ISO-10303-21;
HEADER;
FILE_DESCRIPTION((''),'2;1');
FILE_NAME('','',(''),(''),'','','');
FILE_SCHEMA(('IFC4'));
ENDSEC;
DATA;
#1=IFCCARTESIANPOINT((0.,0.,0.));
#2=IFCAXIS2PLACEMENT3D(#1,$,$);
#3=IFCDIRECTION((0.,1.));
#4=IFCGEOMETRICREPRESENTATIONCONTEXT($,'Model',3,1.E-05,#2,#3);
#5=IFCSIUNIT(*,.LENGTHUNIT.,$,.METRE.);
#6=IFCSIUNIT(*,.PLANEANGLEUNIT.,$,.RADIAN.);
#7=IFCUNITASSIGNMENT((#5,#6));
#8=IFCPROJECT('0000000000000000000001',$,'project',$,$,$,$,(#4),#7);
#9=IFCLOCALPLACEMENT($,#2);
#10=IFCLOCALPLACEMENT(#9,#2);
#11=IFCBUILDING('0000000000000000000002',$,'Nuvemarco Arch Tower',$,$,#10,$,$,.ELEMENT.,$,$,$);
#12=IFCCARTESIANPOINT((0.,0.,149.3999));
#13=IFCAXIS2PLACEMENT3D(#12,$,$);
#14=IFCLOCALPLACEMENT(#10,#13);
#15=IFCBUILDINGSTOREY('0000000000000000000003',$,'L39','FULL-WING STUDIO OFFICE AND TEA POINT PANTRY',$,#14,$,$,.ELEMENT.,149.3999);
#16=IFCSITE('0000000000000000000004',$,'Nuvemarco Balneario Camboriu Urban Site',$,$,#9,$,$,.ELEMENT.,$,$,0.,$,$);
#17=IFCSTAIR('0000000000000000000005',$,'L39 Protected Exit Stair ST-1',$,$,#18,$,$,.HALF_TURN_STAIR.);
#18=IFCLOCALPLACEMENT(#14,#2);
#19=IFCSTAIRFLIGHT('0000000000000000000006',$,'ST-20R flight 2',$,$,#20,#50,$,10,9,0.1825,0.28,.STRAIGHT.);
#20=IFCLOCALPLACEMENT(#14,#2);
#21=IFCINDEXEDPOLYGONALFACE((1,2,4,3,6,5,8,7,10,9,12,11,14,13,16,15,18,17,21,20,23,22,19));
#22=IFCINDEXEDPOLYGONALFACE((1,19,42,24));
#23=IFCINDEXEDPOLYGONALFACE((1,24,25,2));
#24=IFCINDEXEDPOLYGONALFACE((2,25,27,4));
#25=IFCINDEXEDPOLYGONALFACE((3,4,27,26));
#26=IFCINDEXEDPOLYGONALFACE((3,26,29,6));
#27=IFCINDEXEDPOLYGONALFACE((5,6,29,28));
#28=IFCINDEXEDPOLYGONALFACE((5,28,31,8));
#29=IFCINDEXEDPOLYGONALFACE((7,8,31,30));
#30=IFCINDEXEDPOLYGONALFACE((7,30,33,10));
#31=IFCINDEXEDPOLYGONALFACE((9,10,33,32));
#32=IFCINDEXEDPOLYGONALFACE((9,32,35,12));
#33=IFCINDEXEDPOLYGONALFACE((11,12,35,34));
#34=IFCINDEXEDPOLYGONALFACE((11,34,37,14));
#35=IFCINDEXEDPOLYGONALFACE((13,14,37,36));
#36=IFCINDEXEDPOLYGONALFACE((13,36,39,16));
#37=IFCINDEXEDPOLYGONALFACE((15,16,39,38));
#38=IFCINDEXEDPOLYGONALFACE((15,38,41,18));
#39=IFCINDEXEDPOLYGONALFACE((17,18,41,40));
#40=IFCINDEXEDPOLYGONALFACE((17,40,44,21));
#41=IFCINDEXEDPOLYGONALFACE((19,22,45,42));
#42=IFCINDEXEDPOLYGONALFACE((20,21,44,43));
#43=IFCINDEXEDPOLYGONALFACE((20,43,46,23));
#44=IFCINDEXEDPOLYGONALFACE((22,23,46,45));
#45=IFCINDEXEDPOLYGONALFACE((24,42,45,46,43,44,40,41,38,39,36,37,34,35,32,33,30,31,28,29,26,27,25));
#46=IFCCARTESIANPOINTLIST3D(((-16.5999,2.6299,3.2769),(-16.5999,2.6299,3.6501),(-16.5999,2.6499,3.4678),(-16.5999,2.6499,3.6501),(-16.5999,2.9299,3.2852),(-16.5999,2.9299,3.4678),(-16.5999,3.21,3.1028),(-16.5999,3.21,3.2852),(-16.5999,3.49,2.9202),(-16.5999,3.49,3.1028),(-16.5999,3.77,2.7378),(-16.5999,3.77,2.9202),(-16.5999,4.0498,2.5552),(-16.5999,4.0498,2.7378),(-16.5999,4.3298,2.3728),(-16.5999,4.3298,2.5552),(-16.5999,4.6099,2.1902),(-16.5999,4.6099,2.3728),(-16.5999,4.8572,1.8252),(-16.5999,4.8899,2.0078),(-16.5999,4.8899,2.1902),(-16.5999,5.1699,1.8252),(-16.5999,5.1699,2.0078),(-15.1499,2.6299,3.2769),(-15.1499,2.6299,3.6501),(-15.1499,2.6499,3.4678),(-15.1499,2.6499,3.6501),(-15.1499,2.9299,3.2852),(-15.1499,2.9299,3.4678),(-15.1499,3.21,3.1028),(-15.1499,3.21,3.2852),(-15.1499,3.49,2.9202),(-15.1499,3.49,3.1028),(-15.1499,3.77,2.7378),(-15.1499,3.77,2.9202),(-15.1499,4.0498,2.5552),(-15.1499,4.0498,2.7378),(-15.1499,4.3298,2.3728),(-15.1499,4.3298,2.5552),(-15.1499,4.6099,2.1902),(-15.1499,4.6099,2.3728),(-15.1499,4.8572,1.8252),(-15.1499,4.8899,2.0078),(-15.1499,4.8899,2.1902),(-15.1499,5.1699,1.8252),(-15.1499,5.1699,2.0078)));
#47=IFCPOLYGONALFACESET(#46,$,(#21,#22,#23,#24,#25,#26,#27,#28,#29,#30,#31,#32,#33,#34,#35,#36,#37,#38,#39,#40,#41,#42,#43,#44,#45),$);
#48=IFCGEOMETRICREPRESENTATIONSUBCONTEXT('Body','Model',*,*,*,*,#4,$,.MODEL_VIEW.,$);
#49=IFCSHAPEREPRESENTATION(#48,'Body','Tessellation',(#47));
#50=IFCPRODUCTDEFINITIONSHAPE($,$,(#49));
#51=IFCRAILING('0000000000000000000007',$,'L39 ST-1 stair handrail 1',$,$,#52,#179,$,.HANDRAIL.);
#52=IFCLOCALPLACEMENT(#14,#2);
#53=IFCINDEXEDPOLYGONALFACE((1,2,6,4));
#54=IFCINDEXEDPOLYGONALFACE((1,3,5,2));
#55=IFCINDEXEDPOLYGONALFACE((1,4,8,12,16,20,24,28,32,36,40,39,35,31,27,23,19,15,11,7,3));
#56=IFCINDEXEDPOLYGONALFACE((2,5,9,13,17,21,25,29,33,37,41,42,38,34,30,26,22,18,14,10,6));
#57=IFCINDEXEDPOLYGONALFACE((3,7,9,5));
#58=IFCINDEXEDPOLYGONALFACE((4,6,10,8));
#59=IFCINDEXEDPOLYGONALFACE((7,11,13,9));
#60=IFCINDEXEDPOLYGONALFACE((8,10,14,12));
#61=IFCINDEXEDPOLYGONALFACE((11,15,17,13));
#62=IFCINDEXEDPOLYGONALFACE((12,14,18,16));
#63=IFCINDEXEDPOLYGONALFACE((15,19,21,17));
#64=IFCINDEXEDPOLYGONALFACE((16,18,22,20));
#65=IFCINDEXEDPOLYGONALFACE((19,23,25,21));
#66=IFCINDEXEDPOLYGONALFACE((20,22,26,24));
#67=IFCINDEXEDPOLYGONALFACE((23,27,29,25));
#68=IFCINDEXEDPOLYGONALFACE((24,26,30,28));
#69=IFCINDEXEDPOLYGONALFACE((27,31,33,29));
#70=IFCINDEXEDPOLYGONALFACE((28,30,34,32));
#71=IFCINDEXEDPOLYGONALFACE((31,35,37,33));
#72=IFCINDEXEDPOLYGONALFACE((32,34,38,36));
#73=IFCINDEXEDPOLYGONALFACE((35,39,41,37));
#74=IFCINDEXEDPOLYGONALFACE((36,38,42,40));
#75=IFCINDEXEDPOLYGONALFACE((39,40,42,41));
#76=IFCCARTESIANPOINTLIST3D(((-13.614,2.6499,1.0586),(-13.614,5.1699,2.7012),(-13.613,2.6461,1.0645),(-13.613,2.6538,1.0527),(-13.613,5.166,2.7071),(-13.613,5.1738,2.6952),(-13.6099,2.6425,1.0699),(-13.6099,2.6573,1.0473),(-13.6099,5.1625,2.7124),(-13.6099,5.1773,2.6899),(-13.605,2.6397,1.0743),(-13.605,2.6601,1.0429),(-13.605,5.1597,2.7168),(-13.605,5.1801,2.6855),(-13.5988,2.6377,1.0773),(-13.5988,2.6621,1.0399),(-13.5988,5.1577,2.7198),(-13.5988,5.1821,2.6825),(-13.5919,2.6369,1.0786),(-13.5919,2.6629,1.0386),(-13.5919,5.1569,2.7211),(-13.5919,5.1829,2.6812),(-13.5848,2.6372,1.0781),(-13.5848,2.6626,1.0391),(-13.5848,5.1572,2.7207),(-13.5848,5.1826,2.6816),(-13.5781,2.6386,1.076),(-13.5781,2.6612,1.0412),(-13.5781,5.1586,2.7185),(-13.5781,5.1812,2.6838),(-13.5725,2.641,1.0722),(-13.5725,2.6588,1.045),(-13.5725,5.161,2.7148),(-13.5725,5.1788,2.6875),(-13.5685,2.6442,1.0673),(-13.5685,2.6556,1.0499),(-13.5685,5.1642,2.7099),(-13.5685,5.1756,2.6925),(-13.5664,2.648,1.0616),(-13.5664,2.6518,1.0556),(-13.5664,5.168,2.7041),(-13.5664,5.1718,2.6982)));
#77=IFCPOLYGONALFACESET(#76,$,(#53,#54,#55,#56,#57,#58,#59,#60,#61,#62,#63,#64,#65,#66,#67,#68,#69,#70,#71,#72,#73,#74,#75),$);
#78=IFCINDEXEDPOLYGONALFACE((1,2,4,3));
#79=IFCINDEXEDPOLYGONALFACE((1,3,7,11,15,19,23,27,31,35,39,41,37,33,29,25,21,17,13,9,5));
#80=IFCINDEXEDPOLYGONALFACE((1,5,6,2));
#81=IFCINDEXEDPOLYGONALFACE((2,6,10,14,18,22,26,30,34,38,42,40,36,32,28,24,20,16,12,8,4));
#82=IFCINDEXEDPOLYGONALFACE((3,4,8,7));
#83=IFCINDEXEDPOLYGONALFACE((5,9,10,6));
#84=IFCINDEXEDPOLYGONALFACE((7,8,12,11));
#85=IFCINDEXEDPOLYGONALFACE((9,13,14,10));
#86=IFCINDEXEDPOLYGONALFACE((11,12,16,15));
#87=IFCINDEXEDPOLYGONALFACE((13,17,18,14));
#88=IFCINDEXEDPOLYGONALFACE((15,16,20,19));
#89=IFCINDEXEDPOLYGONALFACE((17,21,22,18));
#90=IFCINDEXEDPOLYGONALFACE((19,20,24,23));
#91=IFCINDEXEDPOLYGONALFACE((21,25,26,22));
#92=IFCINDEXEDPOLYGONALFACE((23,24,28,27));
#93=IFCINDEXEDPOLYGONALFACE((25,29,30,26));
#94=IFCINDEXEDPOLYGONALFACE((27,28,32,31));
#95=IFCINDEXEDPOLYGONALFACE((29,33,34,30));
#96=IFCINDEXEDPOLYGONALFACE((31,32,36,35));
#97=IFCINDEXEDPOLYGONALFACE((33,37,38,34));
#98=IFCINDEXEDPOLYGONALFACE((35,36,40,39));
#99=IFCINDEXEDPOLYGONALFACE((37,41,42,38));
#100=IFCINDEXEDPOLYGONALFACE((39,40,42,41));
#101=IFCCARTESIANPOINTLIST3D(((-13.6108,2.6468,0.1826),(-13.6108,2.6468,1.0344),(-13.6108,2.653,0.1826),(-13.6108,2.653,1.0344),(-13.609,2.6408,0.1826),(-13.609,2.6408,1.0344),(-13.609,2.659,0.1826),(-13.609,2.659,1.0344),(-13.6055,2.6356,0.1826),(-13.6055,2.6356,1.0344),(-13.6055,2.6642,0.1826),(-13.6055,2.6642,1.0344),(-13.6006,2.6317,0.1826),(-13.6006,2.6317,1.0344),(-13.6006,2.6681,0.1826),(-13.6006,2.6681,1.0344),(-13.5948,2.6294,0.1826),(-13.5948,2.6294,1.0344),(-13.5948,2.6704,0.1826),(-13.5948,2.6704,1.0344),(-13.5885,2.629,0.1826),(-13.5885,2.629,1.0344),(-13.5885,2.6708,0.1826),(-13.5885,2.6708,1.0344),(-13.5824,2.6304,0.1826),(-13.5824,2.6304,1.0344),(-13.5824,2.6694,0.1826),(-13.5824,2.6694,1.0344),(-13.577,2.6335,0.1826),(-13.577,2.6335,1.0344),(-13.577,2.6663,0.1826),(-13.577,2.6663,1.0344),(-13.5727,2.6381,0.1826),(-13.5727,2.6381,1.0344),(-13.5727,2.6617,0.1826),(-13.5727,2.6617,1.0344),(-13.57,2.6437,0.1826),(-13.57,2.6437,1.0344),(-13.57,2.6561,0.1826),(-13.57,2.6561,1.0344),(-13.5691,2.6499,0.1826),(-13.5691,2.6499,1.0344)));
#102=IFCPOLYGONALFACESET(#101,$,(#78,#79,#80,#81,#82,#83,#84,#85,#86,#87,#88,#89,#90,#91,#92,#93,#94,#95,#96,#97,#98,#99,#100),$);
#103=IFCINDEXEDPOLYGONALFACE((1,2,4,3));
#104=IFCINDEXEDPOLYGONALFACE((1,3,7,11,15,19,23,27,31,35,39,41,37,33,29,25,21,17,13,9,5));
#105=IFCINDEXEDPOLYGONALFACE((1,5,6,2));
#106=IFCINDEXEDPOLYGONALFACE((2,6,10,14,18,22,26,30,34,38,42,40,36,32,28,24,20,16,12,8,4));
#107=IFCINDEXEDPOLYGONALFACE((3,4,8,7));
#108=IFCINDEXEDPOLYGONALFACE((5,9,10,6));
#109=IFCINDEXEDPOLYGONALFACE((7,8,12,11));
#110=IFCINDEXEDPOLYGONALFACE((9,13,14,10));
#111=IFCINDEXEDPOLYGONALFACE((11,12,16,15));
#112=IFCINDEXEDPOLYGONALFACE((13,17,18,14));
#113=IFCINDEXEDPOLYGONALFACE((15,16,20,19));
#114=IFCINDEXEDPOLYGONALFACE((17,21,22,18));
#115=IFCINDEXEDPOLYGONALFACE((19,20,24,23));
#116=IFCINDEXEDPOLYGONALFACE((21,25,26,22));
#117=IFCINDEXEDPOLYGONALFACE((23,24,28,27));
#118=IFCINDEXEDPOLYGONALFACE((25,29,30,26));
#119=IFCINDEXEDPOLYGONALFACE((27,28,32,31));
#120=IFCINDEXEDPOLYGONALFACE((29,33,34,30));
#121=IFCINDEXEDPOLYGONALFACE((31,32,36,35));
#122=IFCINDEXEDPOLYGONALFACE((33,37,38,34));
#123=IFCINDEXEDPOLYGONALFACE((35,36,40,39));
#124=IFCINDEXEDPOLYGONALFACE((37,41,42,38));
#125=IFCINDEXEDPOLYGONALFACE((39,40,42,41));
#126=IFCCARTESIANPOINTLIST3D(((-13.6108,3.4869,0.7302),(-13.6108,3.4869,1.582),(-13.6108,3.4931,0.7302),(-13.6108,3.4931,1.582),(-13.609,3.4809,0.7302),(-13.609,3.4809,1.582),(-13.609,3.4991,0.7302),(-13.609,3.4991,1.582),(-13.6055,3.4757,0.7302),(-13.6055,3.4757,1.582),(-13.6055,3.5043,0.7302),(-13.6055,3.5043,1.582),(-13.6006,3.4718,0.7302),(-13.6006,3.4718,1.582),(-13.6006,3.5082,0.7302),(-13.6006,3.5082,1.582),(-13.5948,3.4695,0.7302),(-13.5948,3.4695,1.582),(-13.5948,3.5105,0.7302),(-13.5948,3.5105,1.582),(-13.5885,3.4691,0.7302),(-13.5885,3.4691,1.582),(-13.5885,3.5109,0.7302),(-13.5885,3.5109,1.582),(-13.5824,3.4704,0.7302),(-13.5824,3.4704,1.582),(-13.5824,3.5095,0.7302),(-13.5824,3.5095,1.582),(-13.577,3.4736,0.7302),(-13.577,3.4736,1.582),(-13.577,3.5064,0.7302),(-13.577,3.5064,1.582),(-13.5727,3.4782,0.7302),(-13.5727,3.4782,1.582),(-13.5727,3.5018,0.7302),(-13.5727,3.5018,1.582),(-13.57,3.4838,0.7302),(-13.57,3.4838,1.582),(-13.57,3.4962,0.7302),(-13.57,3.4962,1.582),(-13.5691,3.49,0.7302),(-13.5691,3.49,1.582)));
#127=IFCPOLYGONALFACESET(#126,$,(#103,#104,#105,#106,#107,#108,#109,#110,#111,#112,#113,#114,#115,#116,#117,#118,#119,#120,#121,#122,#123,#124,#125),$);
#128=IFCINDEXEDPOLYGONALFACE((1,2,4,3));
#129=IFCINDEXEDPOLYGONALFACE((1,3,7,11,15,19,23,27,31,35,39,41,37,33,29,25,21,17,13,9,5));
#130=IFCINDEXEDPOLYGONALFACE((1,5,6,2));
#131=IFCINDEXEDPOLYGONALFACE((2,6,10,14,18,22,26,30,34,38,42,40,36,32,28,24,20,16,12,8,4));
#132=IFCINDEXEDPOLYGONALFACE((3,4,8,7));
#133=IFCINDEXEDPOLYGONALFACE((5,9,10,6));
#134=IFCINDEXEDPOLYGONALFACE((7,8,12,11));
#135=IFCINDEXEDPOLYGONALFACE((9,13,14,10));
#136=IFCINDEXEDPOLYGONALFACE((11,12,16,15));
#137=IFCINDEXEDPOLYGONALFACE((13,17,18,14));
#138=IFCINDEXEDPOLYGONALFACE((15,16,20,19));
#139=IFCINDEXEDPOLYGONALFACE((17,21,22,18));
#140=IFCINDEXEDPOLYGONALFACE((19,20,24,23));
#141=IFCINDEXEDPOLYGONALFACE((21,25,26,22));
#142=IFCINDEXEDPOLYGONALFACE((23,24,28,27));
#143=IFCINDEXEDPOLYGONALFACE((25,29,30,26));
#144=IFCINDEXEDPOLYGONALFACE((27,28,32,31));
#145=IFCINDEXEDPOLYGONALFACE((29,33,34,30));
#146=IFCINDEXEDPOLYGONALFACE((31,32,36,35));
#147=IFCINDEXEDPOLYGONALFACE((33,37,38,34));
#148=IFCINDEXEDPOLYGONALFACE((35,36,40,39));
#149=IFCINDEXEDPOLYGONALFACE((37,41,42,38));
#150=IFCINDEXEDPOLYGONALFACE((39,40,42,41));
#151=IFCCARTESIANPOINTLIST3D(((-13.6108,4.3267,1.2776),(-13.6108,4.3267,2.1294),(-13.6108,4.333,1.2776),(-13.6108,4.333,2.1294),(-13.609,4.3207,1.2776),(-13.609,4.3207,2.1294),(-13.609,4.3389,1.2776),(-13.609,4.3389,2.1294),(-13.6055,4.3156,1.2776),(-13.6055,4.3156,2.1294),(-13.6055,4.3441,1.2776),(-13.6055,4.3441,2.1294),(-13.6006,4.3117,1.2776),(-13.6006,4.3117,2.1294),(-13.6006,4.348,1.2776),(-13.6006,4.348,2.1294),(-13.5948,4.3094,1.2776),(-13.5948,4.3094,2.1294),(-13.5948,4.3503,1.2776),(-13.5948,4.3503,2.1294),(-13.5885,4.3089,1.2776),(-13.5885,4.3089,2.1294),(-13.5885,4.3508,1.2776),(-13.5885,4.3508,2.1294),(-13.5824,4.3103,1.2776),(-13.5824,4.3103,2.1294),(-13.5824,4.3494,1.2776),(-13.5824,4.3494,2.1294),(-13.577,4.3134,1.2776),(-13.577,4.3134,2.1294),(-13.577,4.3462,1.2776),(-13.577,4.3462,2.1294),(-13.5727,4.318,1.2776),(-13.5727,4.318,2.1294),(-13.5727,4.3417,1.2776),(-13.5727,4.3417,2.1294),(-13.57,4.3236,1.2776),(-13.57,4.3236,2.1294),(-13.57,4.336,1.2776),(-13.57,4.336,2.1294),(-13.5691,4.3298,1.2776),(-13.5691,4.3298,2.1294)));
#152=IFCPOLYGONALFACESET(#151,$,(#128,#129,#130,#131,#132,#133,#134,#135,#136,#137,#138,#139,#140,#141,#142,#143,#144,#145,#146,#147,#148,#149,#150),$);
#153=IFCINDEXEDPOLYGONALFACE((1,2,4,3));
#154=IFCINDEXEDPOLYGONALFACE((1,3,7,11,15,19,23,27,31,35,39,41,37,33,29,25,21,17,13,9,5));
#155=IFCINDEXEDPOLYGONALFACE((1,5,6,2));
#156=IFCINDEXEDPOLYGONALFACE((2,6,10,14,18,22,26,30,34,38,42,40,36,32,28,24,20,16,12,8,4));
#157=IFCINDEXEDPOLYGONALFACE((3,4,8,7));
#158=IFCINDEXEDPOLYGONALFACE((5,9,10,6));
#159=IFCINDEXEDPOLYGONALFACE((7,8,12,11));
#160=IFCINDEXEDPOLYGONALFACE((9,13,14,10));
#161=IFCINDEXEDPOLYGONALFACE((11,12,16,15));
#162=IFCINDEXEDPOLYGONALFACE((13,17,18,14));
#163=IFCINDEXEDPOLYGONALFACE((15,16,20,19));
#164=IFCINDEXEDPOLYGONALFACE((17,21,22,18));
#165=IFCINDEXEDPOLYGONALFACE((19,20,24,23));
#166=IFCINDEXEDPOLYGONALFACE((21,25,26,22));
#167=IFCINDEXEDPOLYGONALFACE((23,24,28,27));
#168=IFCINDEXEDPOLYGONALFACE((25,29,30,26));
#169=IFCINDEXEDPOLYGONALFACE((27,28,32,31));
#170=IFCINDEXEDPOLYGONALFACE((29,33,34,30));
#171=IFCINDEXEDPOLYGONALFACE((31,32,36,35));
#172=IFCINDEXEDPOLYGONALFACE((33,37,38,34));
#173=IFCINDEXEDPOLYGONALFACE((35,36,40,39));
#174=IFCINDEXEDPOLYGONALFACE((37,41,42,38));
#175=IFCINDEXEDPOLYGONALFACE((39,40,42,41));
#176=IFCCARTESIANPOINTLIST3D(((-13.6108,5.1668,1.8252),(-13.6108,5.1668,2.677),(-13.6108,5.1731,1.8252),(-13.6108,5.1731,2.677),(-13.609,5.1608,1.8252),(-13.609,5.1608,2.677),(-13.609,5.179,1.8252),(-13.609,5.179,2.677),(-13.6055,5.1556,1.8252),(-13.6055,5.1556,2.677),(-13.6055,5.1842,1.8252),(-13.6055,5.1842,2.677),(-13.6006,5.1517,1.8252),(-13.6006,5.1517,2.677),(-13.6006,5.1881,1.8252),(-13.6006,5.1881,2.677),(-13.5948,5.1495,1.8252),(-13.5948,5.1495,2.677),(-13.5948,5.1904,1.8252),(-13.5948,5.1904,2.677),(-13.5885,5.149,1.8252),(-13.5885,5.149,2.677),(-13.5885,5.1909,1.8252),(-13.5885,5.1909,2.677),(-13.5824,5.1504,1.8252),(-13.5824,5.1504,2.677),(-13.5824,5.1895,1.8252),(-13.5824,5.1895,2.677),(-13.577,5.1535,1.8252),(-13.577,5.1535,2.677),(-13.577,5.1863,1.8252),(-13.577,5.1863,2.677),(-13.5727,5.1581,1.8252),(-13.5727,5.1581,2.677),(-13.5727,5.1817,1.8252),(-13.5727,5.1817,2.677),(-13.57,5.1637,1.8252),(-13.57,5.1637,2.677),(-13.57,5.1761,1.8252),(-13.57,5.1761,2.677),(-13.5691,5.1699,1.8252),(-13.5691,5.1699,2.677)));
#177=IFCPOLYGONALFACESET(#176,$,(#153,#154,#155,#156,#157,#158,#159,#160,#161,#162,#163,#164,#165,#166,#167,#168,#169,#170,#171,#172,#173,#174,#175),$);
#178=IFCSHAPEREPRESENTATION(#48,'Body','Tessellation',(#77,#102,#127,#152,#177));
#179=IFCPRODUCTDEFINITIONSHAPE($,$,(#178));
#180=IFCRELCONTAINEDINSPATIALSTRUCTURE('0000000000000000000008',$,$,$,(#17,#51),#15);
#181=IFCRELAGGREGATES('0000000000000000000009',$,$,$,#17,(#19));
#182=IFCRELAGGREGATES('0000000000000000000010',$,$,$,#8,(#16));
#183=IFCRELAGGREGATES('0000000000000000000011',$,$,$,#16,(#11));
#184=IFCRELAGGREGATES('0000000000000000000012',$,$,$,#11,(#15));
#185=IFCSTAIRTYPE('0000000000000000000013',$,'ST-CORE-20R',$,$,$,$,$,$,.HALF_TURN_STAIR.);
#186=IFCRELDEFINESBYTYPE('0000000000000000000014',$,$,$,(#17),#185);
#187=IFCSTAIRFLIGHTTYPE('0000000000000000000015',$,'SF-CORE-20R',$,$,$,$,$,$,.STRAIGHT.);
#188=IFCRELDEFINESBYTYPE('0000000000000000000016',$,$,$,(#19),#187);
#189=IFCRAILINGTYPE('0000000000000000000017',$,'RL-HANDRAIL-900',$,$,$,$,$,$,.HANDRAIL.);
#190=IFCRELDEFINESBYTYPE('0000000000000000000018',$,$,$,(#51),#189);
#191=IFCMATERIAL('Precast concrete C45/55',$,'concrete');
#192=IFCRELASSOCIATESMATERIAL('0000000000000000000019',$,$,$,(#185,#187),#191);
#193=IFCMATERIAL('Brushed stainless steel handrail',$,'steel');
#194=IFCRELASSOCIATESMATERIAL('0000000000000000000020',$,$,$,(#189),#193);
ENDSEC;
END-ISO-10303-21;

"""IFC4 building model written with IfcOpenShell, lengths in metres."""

from ifc_helpers import new_model, si_unit, direction, frame, origin, origin_2d, place, context, subcontext, project, spatial, polyline, circle, outline, extrude, material, type_object, element, aggregate, save


model = new_model("IFC4")

# Units and contexts
model_context = context("Model", 3, precision=1e-05, world=origin(), true_north=direction((0.0, 1.0)))
body_context = subcontext(model_context, "Body", "Model", "MODEL_VIEW")
ifc_project = project(units=[si_unit("LENGTHUNIT", "METRE"), si_unit("PLANEANGLEUNIT", "RADIAN")], contexts=[model_context])

# Site, building, storey
site_placement = place(None, origin())
site = spatial("IfcSite", under=ifc_project, at=site_placement, Name="Nuvemarco Balneario Camboriu Urban Site", CompositionType="ELEMENT", RefElevation=0.0)
building_placement = place(site_placement, origin())
building = spatial("IfcBuilding", under=site, at=building_placement, Name="Nuvemarco Arch Tower", CompositionType="ELEMENT")
storey_placement = place(building_placement, frame((0.0, 0.0, 149.3999)))
storey = spatial("IfcBuildingStorey", under=building, at=storey_placement, Name="L39", Description="FULL-WING STUDIO OFFICE AND TEA POINT PANTRY", CompositionType="ELEMENT", Elevation=149.3999)

# Shared definitions
ifc_material_1 = material(Name="Precast concrete C45/55", Category="concrete")

# Stair, stair flight
stair_type = type_object("IfcStairType", Name="ST-CORE-20R", PredefinedType="HALF_TURN_STAIR", material=ifc_material_1)
stair_placement = place(storey_placement, origin())
stair = element("IfcStair", 1, at=stair_placement, inside=storey, type_object=stair_type, Name="L39 Protected Exit Stair ST-1", PredefinedType="HALF_TURN_STAIR")
stair_flight_type = type_object("IfcStairFlightType", Name="SF-CORE-20R", PredefinedType="STRAIGHT", material=ifc_material_1)
stair_flight_1_placement = place(storey_placement, frame((-15.875, 5.1699, 1.8252), z_axis=(0.0, 0.0, 1.0), x_axis=(0.0, -1.0, 0.0)))
stair_flight_1 = element("IfcStairFlight", 2, at=stair_flight_1_placement, type_object=stair_flight_type, Name="ST-20R flight 2", NumberOfRisers=10, NumberOfTreads=9, PredefinedType="STRAIGHT", RiserHeight=0.1825, TreadLength=0.28, context=body_context, shape_type="SweptSolid", body=[
    extrude(outline(polyline([(0.0, 0.0), (0.0, 0.1826), (0.28, 0.1826), (0.28, 0.365), (0.5601, 0.365), (0.5601, 0.5476), (0.8401, 0.5476), (0.8401, 0.73), (1.1201, 0.73), (1.1201, 0.9126), (1.3999, 0.9126), (1.3999, 1.095), (1.6799, 1.095), (1.6799, 1.2776), (1.96, 1.2776), (1.96, 1.46), (2.24, 1.46), (2.24, 1.6426), (2.52, 1.6426), (2.52, 1.825), (2.54, 1.825), (2.54, 1.4517), (0.3127, 0.0), (0.0, 0.0)])), frame((0.0, 0.7251, 0.0), z_axis=(0.0, -1.0, 0.0), x_axis=(1.0, 0.0, 0.0)), (0.0, 0.0, 1.0), 1.45),
])
aggregate(stair, [stair_flight_1])

# Railing
ifc_material_2 = material(Name="Brushed stainless steel handrail", Category="steel")
railing_type_1 = type_object("IfcRailingType", Name="RL-HANDRAIL-900", PredefinedType="HANDRAIL", material=ifc_material_2)
railing_1_placement = place(storey_placement, frame((-13.5901, 2.6499, 0.1826)))
element("IfcRailing", 3, at=railing_1_placement, inside=storey, type_object=railing_type_1, Name="L39 ST-1 stair handrail 1", PredefinedType="HANDRAIL", context=body_context, shape_type="SweptSolid", body=[
    extrude(circle(Radius=0.0239, at=origin_2d()), frame((0.0, 0.0, 0.876), z_axis=(0.0, 0.837749, 0.546055), x_axis=(-1.0, 0.0, 0.0)), (0.0, 0.0, 1.0), 3.0081),
    extrude(circle(Radius=0.021, at=origin_2d()), origin(), (0.0, 0.0, 1.0), 0.8518),
    extrude(circle(Radius=0.021, at=origin_2d()), frame((0.0, 0.8401, 0.5476)), (0.0, 0.0, 1.0), 0.8518),
    extrude(circle(Radius=0.021, at=origin_2d()), frame((0.0, 1.6799, 1.095)), (0.0, 0.0, 1.0), 0.8518),
    extrude(circle(Radius=0.021, at=origin_2d()), frame((0.0, 2.52, 1.6426)), (0.0, 0.0, 1.0), 0.8518),
])

save(model, "model.ifc")
